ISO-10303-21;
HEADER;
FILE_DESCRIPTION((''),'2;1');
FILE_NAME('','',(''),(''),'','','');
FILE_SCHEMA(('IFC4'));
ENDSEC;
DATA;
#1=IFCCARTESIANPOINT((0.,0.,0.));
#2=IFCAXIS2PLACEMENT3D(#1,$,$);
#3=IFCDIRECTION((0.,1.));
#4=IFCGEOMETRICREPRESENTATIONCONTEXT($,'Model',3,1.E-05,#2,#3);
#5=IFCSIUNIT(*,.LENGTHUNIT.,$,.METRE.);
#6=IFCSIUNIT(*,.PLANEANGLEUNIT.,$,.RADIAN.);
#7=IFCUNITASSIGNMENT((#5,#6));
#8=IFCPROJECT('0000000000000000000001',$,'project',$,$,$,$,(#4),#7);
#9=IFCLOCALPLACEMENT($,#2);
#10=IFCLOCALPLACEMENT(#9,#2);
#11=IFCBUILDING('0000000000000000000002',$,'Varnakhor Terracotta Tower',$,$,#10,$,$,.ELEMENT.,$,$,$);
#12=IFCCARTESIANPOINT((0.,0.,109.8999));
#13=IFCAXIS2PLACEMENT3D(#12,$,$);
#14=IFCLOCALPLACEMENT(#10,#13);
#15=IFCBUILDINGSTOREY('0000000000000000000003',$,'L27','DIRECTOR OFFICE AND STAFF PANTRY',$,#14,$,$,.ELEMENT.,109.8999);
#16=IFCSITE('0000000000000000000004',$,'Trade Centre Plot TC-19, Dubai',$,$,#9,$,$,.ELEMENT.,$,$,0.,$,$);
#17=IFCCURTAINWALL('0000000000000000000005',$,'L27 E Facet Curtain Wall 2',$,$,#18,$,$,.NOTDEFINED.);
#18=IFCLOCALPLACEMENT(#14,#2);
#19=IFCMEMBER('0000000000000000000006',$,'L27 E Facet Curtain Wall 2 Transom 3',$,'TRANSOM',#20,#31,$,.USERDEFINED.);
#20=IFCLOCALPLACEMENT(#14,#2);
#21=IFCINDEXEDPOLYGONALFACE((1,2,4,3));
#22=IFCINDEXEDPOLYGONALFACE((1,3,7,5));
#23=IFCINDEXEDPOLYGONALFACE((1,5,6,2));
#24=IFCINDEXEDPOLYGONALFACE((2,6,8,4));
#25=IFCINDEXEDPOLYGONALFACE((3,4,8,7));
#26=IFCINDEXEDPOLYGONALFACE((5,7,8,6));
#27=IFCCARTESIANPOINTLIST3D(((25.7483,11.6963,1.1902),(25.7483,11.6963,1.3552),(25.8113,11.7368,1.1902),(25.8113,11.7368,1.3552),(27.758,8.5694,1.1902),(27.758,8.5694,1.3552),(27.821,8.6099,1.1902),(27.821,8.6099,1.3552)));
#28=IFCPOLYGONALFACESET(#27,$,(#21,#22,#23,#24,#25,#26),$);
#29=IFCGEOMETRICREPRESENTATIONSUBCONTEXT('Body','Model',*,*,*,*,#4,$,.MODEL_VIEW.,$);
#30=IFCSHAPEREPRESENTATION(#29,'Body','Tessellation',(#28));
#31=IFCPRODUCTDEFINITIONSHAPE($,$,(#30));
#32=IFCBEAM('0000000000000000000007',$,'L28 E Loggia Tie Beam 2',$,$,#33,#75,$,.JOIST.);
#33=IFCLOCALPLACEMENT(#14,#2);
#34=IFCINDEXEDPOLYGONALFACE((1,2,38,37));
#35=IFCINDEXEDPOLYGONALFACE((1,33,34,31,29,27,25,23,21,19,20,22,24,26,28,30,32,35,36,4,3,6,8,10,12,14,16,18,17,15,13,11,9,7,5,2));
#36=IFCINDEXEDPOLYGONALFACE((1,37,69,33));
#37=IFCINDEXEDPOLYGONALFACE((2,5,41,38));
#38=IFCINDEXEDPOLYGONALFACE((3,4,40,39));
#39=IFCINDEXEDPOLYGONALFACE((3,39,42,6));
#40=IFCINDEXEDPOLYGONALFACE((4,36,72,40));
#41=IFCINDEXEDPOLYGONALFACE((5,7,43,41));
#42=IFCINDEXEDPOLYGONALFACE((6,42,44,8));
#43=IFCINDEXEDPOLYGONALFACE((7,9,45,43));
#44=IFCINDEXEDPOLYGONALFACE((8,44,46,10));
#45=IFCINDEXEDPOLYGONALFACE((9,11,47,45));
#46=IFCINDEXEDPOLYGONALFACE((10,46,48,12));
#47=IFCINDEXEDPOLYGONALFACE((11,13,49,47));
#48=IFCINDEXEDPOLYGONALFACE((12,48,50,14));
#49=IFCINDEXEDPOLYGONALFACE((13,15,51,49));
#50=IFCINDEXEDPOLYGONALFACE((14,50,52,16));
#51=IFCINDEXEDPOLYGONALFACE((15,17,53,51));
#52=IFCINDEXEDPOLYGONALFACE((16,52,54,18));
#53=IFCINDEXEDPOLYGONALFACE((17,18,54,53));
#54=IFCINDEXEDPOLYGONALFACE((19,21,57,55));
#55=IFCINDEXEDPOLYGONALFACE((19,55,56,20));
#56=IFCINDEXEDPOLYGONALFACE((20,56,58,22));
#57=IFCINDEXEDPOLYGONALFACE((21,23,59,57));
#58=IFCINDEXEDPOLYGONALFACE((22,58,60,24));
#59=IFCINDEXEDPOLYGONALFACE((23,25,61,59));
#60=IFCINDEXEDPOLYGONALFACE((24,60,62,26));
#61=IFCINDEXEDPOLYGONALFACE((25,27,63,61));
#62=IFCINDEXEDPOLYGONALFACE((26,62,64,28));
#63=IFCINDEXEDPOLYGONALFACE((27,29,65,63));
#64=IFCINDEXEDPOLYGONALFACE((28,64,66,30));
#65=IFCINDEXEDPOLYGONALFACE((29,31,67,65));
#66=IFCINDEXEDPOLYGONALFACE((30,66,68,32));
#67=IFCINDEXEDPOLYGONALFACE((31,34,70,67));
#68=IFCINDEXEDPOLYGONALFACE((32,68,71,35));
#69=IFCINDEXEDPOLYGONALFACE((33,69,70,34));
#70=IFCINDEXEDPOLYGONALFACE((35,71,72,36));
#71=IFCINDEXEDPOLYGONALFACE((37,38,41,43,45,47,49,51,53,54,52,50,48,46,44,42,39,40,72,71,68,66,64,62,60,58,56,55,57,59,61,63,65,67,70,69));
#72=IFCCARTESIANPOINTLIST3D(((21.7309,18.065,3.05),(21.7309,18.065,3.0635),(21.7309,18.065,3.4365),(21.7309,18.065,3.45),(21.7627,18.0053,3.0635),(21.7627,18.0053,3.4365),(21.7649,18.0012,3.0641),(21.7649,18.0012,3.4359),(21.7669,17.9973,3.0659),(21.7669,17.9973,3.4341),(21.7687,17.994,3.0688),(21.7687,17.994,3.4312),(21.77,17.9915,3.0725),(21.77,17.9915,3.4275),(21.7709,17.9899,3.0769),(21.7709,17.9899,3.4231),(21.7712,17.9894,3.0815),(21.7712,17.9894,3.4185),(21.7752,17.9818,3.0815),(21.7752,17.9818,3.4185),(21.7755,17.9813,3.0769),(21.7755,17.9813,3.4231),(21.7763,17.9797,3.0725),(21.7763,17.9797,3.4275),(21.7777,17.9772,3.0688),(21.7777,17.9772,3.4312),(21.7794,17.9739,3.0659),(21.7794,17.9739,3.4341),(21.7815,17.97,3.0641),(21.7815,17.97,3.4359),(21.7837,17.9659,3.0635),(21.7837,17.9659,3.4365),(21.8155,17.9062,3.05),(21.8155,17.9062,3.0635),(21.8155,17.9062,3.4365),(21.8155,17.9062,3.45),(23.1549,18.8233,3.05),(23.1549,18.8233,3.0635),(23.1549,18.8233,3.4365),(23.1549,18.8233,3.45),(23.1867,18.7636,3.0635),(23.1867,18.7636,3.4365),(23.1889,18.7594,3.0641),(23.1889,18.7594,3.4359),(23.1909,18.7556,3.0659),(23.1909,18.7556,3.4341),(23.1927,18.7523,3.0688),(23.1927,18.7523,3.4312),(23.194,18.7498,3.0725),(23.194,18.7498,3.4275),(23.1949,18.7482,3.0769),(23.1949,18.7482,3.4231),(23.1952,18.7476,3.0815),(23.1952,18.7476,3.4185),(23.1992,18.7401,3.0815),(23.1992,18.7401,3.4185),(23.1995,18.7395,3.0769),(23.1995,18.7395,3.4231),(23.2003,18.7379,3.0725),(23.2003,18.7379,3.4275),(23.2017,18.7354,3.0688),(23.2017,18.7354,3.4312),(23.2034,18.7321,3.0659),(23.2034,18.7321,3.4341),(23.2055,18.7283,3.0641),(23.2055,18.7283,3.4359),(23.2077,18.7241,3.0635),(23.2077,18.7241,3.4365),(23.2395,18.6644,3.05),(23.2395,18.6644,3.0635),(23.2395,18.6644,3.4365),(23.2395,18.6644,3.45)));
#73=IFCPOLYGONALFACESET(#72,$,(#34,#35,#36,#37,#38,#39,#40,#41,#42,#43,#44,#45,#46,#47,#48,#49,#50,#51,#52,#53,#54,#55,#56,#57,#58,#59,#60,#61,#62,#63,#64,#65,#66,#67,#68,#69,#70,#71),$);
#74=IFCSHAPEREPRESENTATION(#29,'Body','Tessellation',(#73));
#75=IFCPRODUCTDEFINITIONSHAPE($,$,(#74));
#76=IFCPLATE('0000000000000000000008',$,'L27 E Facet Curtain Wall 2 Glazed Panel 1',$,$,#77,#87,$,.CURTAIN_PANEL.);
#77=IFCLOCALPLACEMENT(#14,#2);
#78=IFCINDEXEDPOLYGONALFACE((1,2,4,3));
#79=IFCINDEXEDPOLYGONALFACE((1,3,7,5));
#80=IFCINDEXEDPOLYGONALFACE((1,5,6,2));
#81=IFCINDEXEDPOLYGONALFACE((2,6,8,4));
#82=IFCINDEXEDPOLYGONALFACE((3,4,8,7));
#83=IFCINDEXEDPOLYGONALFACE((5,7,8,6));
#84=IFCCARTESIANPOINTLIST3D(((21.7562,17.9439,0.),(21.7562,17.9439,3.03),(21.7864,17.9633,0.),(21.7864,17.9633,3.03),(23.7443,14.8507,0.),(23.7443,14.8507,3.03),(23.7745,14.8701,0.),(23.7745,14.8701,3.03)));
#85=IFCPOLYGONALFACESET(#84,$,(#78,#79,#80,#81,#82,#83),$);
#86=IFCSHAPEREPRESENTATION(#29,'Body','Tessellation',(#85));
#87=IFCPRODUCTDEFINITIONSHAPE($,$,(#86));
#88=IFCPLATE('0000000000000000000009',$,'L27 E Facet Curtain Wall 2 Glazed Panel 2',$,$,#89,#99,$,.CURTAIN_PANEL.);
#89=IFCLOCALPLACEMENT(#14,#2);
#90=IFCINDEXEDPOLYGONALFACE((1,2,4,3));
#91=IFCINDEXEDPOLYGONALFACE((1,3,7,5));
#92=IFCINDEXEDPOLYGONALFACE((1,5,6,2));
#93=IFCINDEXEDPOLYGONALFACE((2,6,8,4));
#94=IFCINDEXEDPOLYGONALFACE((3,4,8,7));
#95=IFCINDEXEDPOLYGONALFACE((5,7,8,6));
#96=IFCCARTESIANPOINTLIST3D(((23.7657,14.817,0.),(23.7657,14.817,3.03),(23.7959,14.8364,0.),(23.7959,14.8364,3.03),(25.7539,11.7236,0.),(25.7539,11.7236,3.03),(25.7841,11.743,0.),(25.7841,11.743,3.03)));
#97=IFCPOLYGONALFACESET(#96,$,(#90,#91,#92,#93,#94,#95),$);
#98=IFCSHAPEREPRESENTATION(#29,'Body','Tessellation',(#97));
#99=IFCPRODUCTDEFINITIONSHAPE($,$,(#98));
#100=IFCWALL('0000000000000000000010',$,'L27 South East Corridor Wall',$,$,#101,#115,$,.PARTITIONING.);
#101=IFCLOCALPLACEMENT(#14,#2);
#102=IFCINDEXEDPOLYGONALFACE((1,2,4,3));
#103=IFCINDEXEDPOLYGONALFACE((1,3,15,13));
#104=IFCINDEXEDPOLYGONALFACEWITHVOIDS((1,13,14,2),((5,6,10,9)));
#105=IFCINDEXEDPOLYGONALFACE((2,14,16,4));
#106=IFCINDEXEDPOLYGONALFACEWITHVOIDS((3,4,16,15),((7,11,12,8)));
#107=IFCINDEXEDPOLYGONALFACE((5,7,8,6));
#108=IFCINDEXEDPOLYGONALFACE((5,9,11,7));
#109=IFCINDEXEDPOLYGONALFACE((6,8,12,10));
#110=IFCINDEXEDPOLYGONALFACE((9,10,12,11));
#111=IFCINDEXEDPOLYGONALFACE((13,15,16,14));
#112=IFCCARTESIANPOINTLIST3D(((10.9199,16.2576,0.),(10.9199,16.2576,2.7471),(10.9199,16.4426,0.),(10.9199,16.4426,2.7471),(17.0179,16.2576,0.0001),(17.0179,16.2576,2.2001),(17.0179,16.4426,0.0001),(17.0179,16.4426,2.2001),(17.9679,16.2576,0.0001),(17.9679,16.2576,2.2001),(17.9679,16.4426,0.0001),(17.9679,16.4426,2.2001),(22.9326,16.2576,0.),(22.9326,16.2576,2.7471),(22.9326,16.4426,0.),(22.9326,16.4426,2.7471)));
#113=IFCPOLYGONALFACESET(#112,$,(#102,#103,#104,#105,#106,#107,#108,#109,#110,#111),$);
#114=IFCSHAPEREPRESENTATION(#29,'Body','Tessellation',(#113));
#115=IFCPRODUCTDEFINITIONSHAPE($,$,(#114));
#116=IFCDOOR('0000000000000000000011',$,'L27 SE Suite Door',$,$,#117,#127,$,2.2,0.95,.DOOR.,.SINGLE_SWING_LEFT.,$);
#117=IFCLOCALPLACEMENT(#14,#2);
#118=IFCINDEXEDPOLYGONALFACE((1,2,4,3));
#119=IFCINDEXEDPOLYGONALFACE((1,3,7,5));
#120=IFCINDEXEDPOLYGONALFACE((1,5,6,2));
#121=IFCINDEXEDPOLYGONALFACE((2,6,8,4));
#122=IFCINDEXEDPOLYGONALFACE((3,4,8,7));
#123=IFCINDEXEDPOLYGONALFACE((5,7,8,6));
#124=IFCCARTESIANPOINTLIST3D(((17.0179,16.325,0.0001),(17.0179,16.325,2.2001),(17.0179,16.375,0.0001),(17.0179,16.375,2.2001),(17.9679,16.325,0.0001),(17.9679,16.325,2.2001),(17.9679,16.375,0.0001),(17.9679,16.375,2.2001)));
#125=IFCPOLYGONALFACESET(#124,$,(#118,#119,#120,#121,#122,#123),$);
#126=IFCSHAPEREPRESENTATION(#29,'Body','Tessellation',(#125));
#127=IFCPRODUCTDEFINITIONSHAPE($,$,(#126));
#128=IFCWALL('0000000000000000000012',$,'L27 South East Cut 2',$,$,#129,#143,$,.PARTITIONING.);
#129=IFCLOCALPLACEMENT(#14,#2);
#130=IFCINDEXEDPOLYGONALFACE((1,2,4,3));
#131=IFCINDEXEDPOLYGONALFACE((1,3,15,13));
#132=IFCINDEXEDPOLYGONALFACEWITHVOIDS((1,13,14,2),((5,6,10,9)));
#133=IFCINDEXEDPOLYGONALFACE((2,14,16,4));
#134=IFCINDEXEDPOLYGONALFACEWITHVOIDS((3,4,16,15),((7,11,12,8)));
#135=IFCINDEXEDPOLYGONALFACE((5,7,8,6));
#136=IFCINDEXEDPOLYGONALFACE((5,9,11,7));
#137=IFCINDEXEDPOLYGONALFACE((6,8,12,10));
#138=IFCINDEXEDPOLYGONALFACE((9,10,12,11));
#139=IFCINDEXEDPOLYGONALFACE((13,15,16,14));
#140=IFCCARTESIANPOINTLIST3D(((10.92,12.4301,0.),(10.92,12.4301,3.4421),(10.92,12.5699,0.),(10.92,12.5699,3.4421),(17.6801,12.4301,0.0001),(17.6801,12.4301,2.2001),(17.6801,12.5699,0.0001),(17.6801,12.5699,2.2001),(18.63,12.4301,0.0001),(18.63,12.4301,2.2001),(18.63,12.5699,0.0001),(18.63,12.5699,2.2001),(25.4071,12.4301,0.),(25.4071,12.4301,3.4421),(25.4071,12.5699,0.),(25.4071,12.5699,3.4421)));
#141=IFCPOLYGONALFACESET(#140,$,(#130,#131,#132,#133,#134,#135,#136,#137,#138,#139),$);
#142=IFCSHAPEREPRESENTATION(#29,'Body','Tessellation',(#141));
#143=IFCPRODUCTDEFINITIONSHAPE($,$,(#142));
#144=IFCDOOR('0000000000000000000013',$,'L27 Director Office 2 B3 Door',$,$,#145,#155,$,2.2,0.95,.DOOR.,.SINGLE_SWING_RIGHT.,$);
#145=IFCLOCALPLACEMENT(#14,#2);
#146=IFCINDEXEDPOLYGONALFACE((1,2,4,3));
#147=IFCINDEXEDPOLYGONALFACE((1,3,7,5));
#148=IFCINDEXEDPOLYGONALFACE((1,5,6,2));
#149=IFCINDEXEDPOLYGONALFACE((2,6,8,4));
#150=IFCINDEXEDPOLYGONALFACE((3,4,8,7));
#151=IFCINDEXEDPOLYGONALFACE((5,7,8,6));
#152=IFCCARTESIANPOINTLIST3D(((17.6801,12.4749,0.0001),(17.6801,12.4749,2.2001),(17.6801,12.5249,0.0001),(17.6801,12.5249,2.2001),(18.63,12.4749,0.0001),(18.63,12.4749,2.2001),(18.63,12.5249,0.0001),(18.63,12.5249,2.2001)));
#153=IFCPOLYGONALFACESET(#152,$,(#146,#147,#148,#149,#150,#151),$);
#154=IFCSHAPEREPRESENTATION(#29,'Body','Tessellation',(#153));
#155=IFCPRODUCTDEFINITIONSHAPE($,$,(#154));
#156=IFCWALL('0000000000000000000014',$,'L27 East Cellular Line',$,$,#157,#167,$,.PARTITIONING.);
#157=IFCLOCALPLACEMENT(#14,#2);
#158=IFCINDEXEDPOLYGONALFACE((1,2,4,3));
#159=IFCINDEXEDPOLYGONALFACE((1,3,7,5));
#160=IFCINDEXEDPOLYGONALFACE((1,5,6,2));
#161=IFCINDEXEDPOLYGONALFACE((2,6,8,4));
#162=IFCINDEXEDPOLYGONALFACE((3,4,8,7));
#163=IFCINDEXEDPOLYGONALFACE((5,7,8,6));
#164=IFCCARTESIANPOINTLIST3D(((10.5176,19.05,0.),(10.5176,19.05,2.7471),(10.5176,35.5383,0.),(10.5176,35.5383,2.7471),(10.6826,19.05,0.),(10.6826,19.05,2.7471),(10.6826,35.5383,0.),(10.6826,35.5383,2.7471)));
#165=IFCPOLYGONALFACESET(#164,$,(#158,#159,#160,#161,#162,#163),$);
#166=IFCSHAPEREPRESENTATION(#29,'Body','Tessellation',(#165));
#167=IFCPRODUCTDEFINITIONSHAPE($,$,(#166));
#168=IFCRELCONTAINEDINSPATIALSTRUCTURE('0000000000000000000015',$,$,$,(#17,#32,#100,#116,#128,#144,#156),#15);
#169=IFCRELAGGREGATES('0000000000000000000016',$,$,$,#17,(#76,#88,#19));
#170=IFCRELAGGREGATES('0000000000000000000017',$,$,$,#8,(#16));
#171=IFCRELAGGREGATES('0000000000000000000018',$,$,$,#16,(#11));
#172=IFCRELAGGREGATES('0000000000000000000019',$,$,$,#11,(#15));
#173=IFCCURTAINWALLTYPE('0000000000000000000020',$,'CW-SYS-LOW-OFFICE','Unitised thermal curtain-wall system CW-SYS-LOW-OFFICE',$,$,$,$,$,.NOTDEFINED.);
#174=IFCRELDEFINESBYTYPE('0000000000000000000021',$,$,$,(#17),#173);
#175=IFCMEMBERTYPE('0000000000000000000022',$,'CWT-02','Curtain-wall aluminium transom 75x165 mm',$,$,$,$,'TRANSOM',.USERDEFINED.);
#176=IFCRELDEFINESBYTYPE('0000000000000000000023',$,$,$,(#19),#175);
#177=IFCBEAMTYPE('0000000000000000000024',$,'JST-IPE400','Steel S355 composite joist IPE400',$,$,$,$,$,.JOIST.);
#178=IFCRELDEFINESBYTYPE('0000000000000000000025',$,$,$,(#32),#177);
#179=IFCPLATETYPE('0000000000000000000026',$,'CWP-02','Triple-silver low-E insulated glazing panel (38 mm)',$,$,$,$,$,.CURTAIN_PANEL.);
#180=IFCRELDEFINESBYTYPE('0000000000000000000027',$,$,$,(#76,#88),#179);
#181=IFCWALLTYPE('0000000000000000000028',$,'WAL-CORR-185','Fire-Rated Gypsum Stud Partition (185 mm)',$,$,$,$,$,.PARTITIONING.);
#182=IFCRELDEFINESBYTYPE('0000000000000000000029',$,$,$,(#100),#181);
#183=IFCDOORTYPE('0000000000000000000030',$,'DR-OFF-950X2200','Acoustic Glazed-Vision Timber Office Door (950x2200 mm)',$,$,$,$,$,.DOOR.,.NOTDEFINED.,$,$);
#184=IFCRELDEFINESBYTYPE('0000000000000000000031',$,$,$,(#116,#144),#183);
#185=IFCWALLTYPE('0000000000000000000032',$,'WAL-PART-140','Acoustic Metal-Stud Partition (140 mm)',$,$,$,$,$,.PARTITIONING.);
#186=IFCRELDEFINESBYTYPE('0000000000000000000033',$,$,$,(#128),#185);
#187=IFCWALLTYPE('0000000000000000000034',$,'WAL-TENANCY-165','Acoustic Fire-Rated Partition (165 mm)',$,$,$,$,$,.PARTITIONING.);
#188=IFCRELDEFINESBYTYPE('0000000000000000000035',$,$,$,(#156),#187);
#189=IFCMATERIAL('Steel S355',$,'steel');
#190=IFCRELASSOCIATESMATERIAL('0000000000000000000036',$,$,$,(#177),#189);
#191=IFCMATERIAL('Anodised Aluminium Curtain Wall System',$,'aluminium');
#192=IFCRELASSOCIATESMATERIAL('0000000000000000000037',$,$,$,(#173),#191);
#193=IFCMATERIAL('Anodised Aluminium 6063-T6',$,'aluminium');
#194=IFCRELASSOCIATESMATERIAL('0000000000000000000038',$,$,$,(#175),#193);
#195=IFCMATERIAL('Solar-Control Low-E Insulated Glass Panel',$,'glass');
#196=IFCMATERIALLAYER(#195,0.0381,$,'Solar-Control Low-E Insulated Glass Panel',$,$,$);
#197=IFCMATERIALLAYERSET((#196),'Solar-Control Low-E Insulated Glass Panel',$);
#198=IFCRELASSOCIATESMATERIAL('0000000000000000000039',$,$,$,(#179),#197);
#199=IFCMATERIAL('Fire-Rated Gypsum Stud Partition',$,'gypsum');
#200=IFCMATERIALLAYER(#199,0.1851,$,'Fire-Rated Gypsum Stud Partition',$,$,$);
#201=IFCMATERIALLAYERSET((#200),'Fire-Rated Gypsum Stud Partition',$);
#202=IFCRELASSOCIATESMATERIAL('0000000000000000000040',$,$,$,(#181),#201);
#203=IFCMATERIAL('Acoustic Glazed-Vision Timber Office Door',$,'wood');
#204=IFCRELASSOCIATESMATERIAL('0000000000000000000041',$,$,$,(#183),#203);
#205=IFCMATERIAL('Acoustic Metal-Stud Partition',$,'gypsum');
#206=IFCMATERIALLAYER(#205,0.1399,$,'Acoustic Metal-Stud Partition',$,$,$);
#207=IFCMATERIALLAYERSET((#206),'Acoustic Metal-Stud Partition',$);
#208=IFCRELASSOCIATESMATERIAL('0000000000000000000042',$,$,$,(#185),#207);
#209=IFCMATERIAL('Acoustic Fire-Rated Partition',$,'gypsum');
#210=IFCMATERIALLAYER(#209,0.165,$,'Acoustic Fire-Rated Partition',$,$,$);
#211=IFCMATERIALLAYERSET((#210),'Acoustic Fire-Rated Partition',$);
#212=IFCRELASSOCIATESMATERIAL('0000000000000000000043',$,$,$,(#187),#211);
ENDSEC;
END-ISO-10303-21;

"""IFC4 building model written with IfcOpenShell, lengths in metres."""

from ifc_helpers import new_model, si_unit, direction, frame, frame_2d, origin, origin_2d, place, context, subcontext, project, spatial, rectangle, i_section, extrude, source, transform, mapped, material, layer, layer_set, material_profile, profile_set, type_object, type_shapes, element, fill, aggregate, save


model = new_model("IFC4")

# Units and contexts
model_context = context("Model", 3, precision=1e-05, world=origin(), true_north=direction((0.0, 1.0)))
body_context = subcontext(model_context, "Body", "Model", "MODEL_VIEW")
ifc_project = project(units=[si_unit("LENGTHUNIT", "METRE"), si_unit("PLANEANGLEUNIT", "RADIAN")], contexts=[model_context])

# Site, building, storey
site_placement = place(None, origin())
site = spatial("IfcSite", under=ifc_project, at=site_placement, Name="Trade Centre Plot TC-19, Dubai", CompositionType="ELEMENT", RefElevation=0.0)
building_placement = place(site_placement, origin())
building = spatial("IfcBuilding", under=site, at=building_placement, Name="Varnakhor Terracotta Tower", CompositionType="ELEMENT")
storey_placement = place(building_placement, frame((0.0, 0.0, 109.8999)))
storey = spatial("IfcBuildingStorey", under=building, at=storey_placement, Name="L27", Description="DIRECTOR OFFICE AND STAFF PANTRY", CompositionType="ELEMENT", Elevation=109.8999)

# Shared definitions
ifc_material_1 = material(Name="Steel S355", Category="steel")
ifc_material_profile_1 = material_profile(ifc_material_1, i_section(OverallWidth=0.1799, OverallDepth=0.3999, WebThickness=0.0085, FlangeThickness=0.0134, FilletRadius=0.0181, at=origin_2d()), Name="IPE400")
ifc_profile_set_1 = profile_set([ifc_material_profile_1], Name="Steel S355")
beam_type_1 = type_object("IfcBeamType", Name="JST-IPE400", Description="Steel S355 composite joist IPE400", PredefinedType="JOIST", material=ifc_profile_set_1)

# Curtain wall, member
ifc_material_2 = material(Name="Anodised Aluminium Curtain Wall System", Category="aluminium")
curtain_wall_type = type_object("IfcCurtainWallType", Name="CW-SYS-LOW-OFFICE", Description="Unitised thermal curtain-wall system CW-SYS-LOW-OFFICE", PredefinedType="NOTDEFINED", material=ifc_material_2)
curtain_wall_placement = place(storey_placement, origin())
curtain_wall = element("IfcCurtainWall", 1, at=curtain_wall_placement, inside=storey, type_object=curtain_wall_type, Name="L27 E Facet Curtain Wall 2", PredefinedType="NOTDEFINED")
ifc_material_3 = material(Name="Anodised Aluminium 6063-T6", Category="aluminium")
ifc_material_profile_2 = material_profile(ifc_material_3, rectangle(XDim=0.075, YDim=0.165, at=origin_2d()), Name="ALU TRANSOM 75x165")
ifc_profile_set_2 = profile_set([ifc_material_profile_2], Name="Anodised Aluminium 6063-T6")
member_type_1 = type_object("IfcMemberType", Name="CWT-02", Description="Curtain-wall aluminium transom 75x165 mm", ElementType="TRANSOM", PredefinedType="USERDEFINED", material=ifc_profile_set_2)
shared_shape_1 = source(origin(), body_context, "Body", "SweptSolid", [
    extrude(rectangle(XDim=0.075, YDim=0.165, at=origin_2d()), origin(), (0.0, 0.0, 1.0), 3.717),
])
member_1_placement = place(storey_placement, frame((25.7798, 11.7166, 1.2727), z_axis=(0.540678, -0.84123, 0.0), x_axis=(0.84123, 0.540678, 0.0)))
member_1 = element("IfcMember", 2, at=member_1_placement, type_object=member_type_1, Name="L27 E Facet Curtain Wall 2 Transom 3", ObjectType="TRANSOM", PredefinedType="USERDEFINED", context=body_context, shape_type="MappedRepresentation", body=[
    mapped(shared_shape_1, transform((0.0, 0.0, 0.0), scale=1.0)),
])

# Beam
shared_shape_2 = source(origin(), body_context, "Body", "SweptSolid", [
    extrude(i_section(OverallWidth=0.1799, OverallDepth=0.3999, WebThickness=0.0085, FlangeThickness=0.0134, FilletRadius=0.0181, at=origin_2d()), origin(), (0.0, 0.0, 1.0), 1.6133),
])
beam_1_placement = place(storey_placement, frame((21.7732, 17.9856, 3.25), z_axis=(0.882663, 0.470007, 0.0), x_axis=(-0.470007, 0.882663, 0.0)))
element("IfcBeam", 3, at=beam_1_placement, inside=storey, type_object=beam_type_1, Name="L28 E Loggia Tie Beam 2", PredefinedType="JOIST", context=body_context, shape_type="MappedRepresentation", body=[
    mapped(shared_shape_2, transform((0.0, 0.0, 0.0), scale=1.0)),
])

# Plates
ifc_material_4 = material(Name="Solar-Control Low-E Insulated Glass Panel", Category="glass")
ifc_layer_1 = layer(ifc_material_4, 0.0381, Name="Solar-Control Low-E Insulated Glass Panel")
ifc_layer_set_1 = layer_set([ifc_layer_1], Name="Solar-Control Low-E Insulated Glass Panel")
plate_type = type_object("IfcPlateType", Name="CWP-02", Description="Triple-silver low-E insulated glazing panel (38 mm)", PredefinedType="CURTAIN_PANEL", material=ifc_layer_set_1)
shared_shape_3 = source(origin(), body_context, "Body", "SweptSolid", [
    extrude(rectangle(XDim=3.677, YDim=0.0359, at=origin_2d()), origin(), (0.0, 0.0, 1.0), 3.03),
])
plate_1_placement = place(storey_placement, frame((22.7654, 16.407, 0.0), z_axis=(0.0, 0.0, 1.0), x_axis=(0.540681, -0.841228, 0.0)))
plate_1 = element("IfcPlate", 4, at=plate_1_placement, type_object=plate_type, Name="L27 E Facet Curtain Wall 2 Glazed Panel 1", PredefinedType="CURTAIN_PANEL", context=body_context, shape_type="MappedRepresentation", body=[
    mapped(shared_shape_3, transform((0.0, 0.0, 0.0), scale=1.0)),
])
shared_shape_4 = source(origin(), body_context, "Body", "SweptSolid", [
    extrude(rectangle(XDim=3.6772, YDim=0.0359, at=origin_2d()), origin(), (0.0, 0.0, 1.0), 3.03),
])
plate_2_placement = place(storey_placement, frame((24.7749, 13.28, 0.0), z_axis=(0.0, 0.0, 1.0), x_axis=(0.540681, -0.841228, 0.0)))
plate_2 = element("IfcPlate", 5, at=plate_2_placement, type_object=plate_type, Name="L27 E Facet Curtain Wall 2 Glazed Panel 2", PredefinedType="CURTAIN_PANEL", context=body_context, shape_type="MappedRepresentation", body=[
    mapped(shared_shape_4, transform((0.0, 0.0, 0.0), scale=1.0)),
])
aggregate(curtain_wall, [plate_1, plate_2, member_1])

# Walls, openings, doors
ifc_material_5 = material(Name="Fire-Rated Gypsum Stud Partition", Category="gypsum")
ifc_layer_2 = layer(ifc_material_5, 0.1851, Name="Fire-Rated Gypsum Stud Partition")
ifc_layer_set_2 = layer_set([ifc_layer_2], Name="Fire-Rated Gypsum Stud Partition")
wall_type_1 = type_object("IfcWallType", Name="WAL-CORR-185", Description="Fire-Rated Gypsum Stud Partition (185 mm)", PredefinedType="PARTITIONING", material=ifc_layer_set_2)
wall_1_placement = place(storey_placement, frame((10.9199, 16.3501, 0.0), z_axis=(0.0, 0.0, 1.0), x_axis=(1.0, 0.0, 0.0)))
wall_1 = element("IfcWall", 6, at=wall_1_placement, inside=storey, type_object=wall_type_1, Name="L27 South East Corridor Wall", PredefinedType="PARTITIONING", context=body_context, shape_type="SweptSolid", body=[
    extrude(rectangle(XDim=12.0127, YDim=0.1851, at=frame_2d((6.0063, 0.0))), origin(), (0.0, 0.0, 1.0), 2.7471),
])
opening_1_placement = place(wall_1_placement, frame((6.0979, 0.0, 0.0)))
opening_1 = element("IfcOpeningElement", 7, at=opening_1_placement, cuts=wall_1, PredefinedType="OPENING", context=body_context, shape_type="SweptSolid", body=[
    extrude(rectangle(XDim=0.95, YDim=2.2, at=frame_2d((0.4751, 1.1001))), frame((0.0, 0.1025, 0.0), z_axis=(0.0, -1.0, 0.0), x_axis=(1.0, 0.0, 0.0)), (0.0, 0.0, 1.0), 0.2051),
])
ifc_material_6 = material(Name="Acoustic Glazed-Vision Timber Office Door", Category="wood")
door_type = type_object("IfcDoorType", Name="DR-OFF-950X2200", Description="Acoustic Glazed-Vision Timber Office Door (950x2200 mm)", OperationType="NOTDEFINED", PredefinedType="DOOR", material=ifc_material_6)
shared_shape_5 = source(origin(), body_context, "Body", "SweptSolid", [
    extrude(rectangle(XDim=0.95, YDim=2.2, at=frame_2d((0.4751, 1.1001))), frame((0.0, 0.0249, 0.0), z_axis=(0.0, -1.0, 0.0), x_axis=(1.0, 0.0, 0.0)), (0.0, 0.0, 1.0), 0.05),
])
type_shapes(door_type, [shared_shape_5])
door_1_placement = place(opening_1_placement, origin())
door_1 = element("IfcDoor", 8, at=door_1_placement, inside=storey, type_object=door_type, Name="L27 SE Suite Door", OperationType="SINGLE_SWING_LEFT", OverallHeight=2.2, OverallWidth=0.95, PredefinedType="DOOR", context=body_context, shape_type="MappedRepresentation", body=[
    mapped(shared_shape_5, transform((0.0, 0.0, 0.0), scale=1.0)),
])
fill(opening_1, door_1)
ifc_material_7 = material(Name="Acoustic Metal-Stud Partition", Category="gypsum")
ifc_layer_3 = layer(ifc_material_7, 0.1399, Name="Acoustic Metal-Stud Partition")
ifc_layer_set_3 = layer_set([ifc_layer_3], Name="Acoustic Metal-Stud Partition")
wall_type_2 = type_object("IfcWallType", Name="WAL-PART-140", Description="Acoustic Metal-Stud Partition (140 mm)", PredefinedType="PARTITIONING", material=ifc_layer_set_3)
wall_2_placement = place(storey_placement, frame((10.9199, 12.5, 0.0), z_axis=(0.0, 0.0, 1.0), x_axis=(1.0, 0.0, 0.0)))
wall_2 = element("IfcWall", 9, at=wall_2_placement, inside=storey, type_object=wall_type_2, Name="L27 South East Cut 2", PredefinedType="PARTITIONING", context=body_context, shape_type="SweptSolid", body=[
    extrude(rectangle(XDim=14.4871, YDim=0.1399, at=frame_2d((7.2437, 0.0))), origin(), (0.0, 0.0, 1.0), 3.4421),
])
opening_2_placement = place(wall_2_placement, frame((6.76, 0.0, 0.0)))
opening_2 = element("IfcOpeningElement", 10, at=opening_2_placement, cuts=wall_2, PredefinedType="OPENING", context=body_context, shape_type="SweptSolid", body=[
    extrude(rectangle(XDim=0.95, YDim=2.2, at=frame_2d((0.4751, 1.1001))), frame((0.0, 0.0801, 0.0), z_axis=(0.0, -1.0, 0.0), x_axis=(1.0, 0.0, 0.0)), (0.0, 0.0, 1.0), 0.1599),
])
door_2_placement = place(opening_2_placement, origin())
door_2 = element("IfcDoor", 11, at=door_2_placement, inside=storey, type_object=door_type, Name="L27 Director Office 2 B3 Door", OperationType="SINGLE_SWING_RIGHT", OverallHeight=2.2, OverallWidth=0.95, PredefinedType="DOOR", context=body_context, shape_type="MappedRepresentation", body=[
    mapped(shared_shape_5, transform((0.0, 0.0, 0.0), scale=1.0)),
])
fill(opening_2, door_2)

# Wall
ifc_material_8 = material(Name="Acoustic Fire-Rated Partition", Category="gypsum")
ifc_layer_4 = layer(ifc_material_8, 0.165, Name="Acoustic Fire-Rated Partition")
ifc_layer_set_4 = layer_set([ifc_layer_4], Name="Acoustic Fire-Rated Partition")
wall_type_3 = type_object("IfcWallType", Name="WAL-TENANCY-165", Description="Acoustic Fire-Rated Partition (165 mm)", PredefinedType="PARTITIONING", material=ifc_layer_set_4)
wall_3_placement = place(storey_placement, frame((10.6001, 19.05, 0.0), z_axis=(0.0, 0.0, 1.0), x_axis=(0.0, 1.0, 0.0)))
element("IfcWall", 12, at=wall_3_placement, inside=storey, type_object=wall_type_3, Name="L27 East Cellular Line", PredefinedType="PARTITIONING", context=body_context, shape_type="SweptSolid", body=[
    extrude(rectangle(XDim=16.4883, YDim=0.165, at=frame_2d((8.2441, 0.0))), origin(), (0.0, 0.0, 1.0), 2.7471),
])

save(model, "model.ifc")
